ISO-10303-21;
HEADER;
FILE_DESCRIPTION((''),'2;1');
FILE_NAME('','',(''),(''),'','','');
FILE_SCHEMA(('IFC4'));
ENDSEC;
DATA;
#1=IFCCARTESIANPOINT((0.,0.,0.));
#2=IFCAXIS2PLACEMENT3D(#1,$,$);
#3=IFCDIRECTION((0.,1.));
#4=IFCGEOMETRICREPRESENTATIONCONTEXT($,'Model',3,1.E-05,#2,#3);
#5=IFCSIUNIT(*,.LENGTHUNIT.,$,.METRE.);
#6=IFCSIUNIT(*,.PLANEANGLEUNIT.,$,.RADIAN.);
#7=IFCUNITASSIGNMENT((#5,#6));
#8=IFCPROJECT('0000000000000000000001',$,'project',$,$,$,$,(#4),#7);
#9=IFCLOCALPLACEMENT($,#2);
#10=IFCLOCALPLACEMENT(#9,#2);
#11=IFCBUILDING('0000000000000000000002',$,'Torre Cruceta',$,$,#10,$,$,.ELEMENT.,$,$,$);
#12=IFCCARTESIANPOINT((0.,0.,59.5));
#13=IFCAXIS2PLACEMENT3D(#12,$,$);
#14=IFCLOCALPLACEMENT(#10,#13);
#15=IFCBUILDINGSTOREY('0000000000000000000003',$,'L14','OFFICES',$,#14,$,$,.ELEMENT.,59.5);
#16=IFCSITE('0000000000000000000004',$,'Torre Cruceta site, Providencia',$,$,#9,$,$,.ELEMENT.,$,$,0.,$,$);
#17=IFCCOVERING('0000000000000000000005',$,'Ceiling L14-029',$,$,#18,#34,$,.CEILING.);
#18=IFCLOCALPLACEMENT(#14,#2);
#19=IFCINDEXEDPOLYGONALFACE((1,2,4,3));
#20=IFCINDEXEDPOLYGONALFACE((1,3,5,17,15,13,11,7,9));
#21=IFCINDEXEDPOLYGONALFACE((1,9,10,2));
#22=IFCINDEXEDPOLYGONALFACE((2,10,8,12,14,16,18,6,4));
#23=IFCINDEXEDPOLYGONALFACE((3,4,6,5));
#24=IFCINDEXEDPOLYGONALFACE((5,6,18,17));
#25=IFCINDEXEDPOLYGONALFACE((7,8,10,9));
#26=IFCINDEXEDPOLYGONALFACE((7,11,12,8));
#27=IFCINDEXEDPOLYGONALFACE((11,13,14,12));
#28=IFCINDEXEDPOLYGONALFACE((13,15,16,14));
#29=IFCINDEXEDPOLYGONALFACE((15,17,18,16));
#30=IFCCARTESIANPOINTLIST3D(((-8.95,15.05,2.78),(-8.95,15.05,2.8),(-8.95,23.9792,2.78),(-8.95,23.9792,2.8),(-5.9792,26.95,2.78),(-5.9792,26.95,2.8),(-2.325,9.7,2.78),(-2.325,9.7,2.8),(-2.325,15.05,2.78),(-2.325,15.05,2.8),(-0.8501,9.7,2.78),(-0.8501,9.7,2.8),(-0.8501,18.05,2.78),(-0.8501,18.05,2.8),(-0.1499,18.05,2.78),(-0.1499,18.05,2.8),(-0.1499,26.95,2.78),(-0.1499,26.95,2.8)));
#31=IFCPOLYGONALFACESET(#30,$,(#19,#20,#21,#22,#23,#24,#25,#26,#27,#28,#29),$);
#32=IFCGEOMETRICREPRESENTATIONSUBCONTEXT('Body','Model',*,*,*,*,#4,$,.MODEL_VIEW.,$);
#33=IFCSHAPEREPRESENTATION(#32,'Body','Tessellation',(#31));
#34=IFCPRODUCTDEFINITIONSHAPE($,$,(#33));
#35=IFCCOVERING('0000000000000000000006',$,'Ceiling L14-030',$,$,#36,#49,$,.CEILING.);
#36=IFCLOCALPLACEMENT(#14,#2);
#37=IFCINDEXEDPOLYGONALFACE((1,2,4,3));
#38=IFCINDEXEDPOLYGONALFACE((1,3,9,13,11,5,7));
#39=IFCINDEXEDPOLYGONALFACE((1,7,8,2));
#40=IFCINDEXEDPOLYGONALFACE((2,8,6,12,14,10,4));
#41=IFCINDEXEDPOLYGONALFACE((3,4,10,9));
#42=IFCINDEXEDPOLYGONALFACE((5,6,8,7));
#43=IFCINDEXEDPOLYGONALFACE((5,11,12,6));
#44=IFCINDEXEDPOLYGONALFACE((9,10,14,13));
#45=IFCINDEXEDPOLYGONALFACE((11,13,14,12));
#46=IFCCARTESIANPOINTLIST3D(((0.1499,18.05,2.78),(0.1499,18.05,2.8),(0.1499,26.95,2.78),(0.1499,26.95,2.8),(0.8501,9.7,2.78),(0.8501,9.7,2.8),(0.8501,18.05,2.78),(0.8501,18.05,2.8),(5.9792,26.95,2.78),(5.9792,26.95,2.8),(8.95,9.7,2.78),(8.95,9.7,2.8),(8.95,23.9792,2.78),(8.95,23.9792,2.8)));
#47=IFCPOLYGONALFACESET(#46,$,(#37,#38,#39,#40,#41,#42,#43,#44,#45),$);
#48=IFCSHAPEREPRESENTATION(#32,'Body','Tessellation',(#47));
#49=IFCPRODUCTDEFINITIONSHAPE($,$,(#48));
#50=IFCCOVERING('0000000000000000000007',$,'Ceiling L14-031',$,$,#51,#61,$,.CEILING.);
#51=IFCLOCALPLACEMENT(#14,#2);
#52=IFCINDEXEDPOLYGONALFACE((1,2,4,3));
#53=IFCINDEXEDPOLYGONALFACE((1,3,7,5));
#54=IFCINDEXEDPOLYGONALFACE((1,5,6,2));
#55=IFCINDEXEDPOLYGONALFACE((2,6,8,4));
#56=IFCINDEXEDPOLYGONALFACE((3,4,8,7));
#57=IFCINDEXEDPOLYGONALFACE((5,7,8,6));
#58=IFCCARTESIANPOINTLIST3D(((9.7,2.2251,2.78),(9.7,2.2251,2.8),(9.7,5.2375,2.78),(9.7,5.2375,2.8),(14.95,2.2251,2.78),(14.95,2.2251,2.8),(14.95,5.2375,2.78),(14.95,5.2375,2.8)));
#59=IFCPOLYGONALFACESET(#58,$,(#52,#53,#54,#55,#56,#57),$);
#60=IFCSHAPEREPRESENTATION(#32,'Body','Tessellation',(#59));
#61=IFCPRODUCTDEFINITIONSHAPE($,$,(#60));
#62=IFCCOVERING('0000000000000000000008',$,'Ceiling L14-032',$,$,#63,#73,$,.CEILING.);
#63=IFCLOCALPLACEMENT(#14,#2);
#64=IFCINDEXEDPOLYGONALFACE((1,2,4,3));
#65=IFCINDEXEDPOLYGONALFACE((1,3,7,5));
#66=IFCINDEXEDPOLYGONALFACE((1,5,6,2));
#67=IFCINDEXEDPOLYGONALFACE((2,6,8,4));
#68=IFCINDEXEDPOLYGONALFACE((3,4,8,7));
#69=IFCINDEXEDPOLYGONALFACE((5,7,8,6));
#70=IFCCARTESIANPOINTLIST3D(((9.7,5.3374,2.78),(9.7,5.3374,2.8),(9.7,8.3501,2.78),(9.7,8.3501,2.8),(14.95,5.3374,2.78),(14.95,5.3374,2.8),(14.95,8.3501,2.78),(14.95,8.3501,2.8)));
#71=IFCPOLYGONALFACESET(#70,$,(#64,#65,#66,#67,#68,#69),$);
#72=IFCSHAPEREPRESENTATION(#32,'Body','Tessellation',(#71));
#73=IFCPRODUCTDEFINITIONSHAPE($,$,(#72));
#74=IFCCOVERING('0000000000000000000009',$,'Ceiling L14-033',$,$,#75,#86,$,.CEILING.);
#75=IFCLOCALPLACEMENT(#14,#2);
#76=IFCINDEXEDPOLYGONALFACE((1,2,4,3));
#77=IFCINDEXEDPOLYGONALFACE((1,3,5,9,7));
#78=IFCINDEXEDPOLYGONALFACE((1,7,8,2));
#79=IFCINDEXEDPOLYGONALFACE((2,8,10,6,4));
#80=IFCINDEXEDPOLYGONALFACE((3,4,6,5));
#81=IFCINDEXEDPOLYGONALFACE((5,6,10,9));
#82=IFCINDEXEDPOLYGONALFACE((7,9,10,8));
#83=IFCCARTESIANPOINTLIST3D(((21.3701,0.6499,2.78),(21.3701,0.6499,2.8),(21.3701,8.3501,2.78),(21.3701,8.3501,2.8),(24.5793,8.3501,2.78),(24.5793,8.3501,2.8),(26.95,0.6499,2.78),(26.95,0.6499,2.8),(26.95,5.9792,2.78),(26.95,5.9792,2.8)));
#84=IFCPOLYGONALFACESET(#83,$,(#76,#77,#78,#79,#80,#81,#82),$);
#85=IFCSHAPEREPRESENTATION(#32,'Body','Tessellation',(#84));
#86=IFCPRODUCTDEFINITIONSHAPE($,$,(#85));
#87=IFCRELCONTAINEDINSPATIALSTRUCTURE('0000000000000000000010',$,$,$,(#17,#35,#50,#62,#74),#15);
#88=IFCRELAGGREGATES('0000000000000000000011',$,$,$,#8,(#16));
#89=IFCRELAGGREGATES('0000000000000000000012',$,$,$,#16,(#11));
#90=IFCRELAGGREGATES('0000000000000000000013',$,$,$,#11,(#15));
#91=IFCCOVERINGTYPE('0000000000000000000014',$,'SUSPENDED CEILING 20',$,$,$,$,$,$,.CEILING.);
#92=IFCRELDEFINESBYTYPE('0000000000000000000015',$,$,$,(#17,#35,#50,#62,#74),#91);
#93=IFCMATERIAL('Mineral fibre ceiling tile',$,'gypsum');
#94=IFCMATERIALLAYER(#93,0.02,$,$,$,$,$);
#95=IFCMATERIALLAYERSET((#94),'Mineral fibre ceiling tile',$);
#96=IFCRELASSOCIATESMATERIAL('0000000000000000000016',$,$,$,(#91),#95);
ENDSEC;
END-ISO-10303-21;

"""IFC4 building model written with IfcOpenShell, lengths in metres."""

from ifc_helpers import new_model, si_unit, direction, frame, origin, place, context, subcontext, project, spatial, polyline, outline, extrude, material, layer, layer_set, type_object, element, save


model = new_model("IFC4")

# Units and contexts
model_context = context("Model", 3, precision=1e-05, world=origin(), true_north=direction((0.0, 1.0)))
body_context = subcontext(model_context, "Body", "Model", "MODEL_VIEW")
ifc_project = project(units=[si_unit("LENGTHUNIT", "METRE"), si_unit("PLANEANGLEUNIT", "RADIAN")], contexts=[model_context])

# Site, building, storey
site_placement = place(None, origin())
site = spatial("IfcSite", under=ifc_project, at=site_placement, Name="Torre Cruceta site, Providencia", CompositionType="ELEMENT", RefElevation=0.0)
building_placement = place(site_placement, origin())
building = spatial("IfcBuilding", under=site, at=building_placement, Name="Torre Cruceta", CompositionType="ELEMENT")
storey_placement = place(building_placement, frame((0.0, 0.0, 59.5)))
storey = spatial("IfcBuildingStorey", under=building, at=storey_placement, Name="L14", Description="OFFICES", CompositionType="ELEMENT", Elevation=59.5)

# Coverings
ifc_material_1 = material(Name="Mineral fibre ceiling tile", Category="gypsum")
ifc_layer_1 = layer(ifc_material_1, 0.02)
ifc_layer_set_1 = layer_set([ifc_layer_1], Name="Mineral fibre ceiling tile")
covering_type_1 = type_object("IfcCoveringType", Name="SUSPENDED CEILING 20", PredefinedType="CEILING", material=ifc_layer_set_1)
covering_1_placement = place(storey_placement, frame((0.0, 0.0, 2.78)))
element("IfcCovering", 1, at=covering_1_placement, inside=storey, type_object=covering_type_1, Name="Ceiling L14-029", PredefinedType="CEILING", context=body_context, shape_type="SweptSolid", body=[
    extrude(outline(polyline([(-5.9792, 26.95), (-0.1499, 26.95), (-0.1499, 18.05), (-0.8501, 18.05), (-0.8501, 9.7), (-2.325, 9.7), (-2.325, 15.05), (-8.95, 15.05), (-8.95, 23.9792), (-5.9792, 26.95)])), origin(), (0.0, 0.0, 1.0), 0.02),
])
covering_2_placement = place(storey_placement, frame((0.0, 0.0, 2.78)))
element("IfcCovering", 2, at=covering_2_placement, inside=storey, type_object=covering_type_1, Name="Ceiling L14-030", PredefinedType="CEILING", context=body_context, shape_type="SweptSolid", body=[
    extrude(outline(polyline([(5.9792, 26.95), (8.95, 23.9792), (8.95, 9.7), (0.8501, 9.7), (0.8501, 18.05), (0.1499, 18.05), (0.1499, 26.95), (5.9792, 26.95)])), origin(), (0.0, 0.0, 1.0), 0.02),
])
covering_3_placement = place(storey_placement, frame((0.0, 0.0, 2.78)))
element("IfcCovering", 3, at=covering_3_placement, inside=storey, type_object=covering_type_1, Name="Ceiling L14-031", PredefinedType="CEILING", context=body_context, shape_type="SweptSolid", body=[
    extrude(outline(polyline([(9.7, 2.2251), (9.7, 5.2375), (14.95, 5.2375), (14.95, 2.2251), (9.7, 2.2251)])), origin(), (0.0, 0.0, 1.0), 0.02),
])
covering_4_placement = place(storey_placement, frame((0.0, 0.0, 2.78)))
element("IfcCovering", 4, at=covering_4_placement, inside=storey, type_object=covering_type_1, Name="Ceiling L14-032", PredefinedType="CEILING", context=body_context, shape_type="SweptSolid", body=[
    extrude(outline(polyline([(9.7, 5.3374), (9.7, 8.3501), (14.95, 8.3501), (14.95, 5.3374), (9.7, 5.3374)])), origin(), (0.0, 0.0, 1.0), 0.02),
])
covering_5_placement = place(storey_placement, frame((0.0, 0.0, 2.78)))
element("IfcCovering", 5, at=covering_5_placement, inside=storey, type_object=covering_type_1, Name="Ceiling L14-033", PredefinedType="CEILING", context=body_context, shape_type="SweptSolid", body=[
    extrude(outline(polyline([(26.95, 0.6499), (21.3701, 0.6499), (21.3701, 8.3501), (24.5793, 8.3501), (26.95, 5.9792), (26.95, 0.6499)])), origin(), (0.0, 0.0, 1.0), 0.02),
])

save(model, "model.ifc")
